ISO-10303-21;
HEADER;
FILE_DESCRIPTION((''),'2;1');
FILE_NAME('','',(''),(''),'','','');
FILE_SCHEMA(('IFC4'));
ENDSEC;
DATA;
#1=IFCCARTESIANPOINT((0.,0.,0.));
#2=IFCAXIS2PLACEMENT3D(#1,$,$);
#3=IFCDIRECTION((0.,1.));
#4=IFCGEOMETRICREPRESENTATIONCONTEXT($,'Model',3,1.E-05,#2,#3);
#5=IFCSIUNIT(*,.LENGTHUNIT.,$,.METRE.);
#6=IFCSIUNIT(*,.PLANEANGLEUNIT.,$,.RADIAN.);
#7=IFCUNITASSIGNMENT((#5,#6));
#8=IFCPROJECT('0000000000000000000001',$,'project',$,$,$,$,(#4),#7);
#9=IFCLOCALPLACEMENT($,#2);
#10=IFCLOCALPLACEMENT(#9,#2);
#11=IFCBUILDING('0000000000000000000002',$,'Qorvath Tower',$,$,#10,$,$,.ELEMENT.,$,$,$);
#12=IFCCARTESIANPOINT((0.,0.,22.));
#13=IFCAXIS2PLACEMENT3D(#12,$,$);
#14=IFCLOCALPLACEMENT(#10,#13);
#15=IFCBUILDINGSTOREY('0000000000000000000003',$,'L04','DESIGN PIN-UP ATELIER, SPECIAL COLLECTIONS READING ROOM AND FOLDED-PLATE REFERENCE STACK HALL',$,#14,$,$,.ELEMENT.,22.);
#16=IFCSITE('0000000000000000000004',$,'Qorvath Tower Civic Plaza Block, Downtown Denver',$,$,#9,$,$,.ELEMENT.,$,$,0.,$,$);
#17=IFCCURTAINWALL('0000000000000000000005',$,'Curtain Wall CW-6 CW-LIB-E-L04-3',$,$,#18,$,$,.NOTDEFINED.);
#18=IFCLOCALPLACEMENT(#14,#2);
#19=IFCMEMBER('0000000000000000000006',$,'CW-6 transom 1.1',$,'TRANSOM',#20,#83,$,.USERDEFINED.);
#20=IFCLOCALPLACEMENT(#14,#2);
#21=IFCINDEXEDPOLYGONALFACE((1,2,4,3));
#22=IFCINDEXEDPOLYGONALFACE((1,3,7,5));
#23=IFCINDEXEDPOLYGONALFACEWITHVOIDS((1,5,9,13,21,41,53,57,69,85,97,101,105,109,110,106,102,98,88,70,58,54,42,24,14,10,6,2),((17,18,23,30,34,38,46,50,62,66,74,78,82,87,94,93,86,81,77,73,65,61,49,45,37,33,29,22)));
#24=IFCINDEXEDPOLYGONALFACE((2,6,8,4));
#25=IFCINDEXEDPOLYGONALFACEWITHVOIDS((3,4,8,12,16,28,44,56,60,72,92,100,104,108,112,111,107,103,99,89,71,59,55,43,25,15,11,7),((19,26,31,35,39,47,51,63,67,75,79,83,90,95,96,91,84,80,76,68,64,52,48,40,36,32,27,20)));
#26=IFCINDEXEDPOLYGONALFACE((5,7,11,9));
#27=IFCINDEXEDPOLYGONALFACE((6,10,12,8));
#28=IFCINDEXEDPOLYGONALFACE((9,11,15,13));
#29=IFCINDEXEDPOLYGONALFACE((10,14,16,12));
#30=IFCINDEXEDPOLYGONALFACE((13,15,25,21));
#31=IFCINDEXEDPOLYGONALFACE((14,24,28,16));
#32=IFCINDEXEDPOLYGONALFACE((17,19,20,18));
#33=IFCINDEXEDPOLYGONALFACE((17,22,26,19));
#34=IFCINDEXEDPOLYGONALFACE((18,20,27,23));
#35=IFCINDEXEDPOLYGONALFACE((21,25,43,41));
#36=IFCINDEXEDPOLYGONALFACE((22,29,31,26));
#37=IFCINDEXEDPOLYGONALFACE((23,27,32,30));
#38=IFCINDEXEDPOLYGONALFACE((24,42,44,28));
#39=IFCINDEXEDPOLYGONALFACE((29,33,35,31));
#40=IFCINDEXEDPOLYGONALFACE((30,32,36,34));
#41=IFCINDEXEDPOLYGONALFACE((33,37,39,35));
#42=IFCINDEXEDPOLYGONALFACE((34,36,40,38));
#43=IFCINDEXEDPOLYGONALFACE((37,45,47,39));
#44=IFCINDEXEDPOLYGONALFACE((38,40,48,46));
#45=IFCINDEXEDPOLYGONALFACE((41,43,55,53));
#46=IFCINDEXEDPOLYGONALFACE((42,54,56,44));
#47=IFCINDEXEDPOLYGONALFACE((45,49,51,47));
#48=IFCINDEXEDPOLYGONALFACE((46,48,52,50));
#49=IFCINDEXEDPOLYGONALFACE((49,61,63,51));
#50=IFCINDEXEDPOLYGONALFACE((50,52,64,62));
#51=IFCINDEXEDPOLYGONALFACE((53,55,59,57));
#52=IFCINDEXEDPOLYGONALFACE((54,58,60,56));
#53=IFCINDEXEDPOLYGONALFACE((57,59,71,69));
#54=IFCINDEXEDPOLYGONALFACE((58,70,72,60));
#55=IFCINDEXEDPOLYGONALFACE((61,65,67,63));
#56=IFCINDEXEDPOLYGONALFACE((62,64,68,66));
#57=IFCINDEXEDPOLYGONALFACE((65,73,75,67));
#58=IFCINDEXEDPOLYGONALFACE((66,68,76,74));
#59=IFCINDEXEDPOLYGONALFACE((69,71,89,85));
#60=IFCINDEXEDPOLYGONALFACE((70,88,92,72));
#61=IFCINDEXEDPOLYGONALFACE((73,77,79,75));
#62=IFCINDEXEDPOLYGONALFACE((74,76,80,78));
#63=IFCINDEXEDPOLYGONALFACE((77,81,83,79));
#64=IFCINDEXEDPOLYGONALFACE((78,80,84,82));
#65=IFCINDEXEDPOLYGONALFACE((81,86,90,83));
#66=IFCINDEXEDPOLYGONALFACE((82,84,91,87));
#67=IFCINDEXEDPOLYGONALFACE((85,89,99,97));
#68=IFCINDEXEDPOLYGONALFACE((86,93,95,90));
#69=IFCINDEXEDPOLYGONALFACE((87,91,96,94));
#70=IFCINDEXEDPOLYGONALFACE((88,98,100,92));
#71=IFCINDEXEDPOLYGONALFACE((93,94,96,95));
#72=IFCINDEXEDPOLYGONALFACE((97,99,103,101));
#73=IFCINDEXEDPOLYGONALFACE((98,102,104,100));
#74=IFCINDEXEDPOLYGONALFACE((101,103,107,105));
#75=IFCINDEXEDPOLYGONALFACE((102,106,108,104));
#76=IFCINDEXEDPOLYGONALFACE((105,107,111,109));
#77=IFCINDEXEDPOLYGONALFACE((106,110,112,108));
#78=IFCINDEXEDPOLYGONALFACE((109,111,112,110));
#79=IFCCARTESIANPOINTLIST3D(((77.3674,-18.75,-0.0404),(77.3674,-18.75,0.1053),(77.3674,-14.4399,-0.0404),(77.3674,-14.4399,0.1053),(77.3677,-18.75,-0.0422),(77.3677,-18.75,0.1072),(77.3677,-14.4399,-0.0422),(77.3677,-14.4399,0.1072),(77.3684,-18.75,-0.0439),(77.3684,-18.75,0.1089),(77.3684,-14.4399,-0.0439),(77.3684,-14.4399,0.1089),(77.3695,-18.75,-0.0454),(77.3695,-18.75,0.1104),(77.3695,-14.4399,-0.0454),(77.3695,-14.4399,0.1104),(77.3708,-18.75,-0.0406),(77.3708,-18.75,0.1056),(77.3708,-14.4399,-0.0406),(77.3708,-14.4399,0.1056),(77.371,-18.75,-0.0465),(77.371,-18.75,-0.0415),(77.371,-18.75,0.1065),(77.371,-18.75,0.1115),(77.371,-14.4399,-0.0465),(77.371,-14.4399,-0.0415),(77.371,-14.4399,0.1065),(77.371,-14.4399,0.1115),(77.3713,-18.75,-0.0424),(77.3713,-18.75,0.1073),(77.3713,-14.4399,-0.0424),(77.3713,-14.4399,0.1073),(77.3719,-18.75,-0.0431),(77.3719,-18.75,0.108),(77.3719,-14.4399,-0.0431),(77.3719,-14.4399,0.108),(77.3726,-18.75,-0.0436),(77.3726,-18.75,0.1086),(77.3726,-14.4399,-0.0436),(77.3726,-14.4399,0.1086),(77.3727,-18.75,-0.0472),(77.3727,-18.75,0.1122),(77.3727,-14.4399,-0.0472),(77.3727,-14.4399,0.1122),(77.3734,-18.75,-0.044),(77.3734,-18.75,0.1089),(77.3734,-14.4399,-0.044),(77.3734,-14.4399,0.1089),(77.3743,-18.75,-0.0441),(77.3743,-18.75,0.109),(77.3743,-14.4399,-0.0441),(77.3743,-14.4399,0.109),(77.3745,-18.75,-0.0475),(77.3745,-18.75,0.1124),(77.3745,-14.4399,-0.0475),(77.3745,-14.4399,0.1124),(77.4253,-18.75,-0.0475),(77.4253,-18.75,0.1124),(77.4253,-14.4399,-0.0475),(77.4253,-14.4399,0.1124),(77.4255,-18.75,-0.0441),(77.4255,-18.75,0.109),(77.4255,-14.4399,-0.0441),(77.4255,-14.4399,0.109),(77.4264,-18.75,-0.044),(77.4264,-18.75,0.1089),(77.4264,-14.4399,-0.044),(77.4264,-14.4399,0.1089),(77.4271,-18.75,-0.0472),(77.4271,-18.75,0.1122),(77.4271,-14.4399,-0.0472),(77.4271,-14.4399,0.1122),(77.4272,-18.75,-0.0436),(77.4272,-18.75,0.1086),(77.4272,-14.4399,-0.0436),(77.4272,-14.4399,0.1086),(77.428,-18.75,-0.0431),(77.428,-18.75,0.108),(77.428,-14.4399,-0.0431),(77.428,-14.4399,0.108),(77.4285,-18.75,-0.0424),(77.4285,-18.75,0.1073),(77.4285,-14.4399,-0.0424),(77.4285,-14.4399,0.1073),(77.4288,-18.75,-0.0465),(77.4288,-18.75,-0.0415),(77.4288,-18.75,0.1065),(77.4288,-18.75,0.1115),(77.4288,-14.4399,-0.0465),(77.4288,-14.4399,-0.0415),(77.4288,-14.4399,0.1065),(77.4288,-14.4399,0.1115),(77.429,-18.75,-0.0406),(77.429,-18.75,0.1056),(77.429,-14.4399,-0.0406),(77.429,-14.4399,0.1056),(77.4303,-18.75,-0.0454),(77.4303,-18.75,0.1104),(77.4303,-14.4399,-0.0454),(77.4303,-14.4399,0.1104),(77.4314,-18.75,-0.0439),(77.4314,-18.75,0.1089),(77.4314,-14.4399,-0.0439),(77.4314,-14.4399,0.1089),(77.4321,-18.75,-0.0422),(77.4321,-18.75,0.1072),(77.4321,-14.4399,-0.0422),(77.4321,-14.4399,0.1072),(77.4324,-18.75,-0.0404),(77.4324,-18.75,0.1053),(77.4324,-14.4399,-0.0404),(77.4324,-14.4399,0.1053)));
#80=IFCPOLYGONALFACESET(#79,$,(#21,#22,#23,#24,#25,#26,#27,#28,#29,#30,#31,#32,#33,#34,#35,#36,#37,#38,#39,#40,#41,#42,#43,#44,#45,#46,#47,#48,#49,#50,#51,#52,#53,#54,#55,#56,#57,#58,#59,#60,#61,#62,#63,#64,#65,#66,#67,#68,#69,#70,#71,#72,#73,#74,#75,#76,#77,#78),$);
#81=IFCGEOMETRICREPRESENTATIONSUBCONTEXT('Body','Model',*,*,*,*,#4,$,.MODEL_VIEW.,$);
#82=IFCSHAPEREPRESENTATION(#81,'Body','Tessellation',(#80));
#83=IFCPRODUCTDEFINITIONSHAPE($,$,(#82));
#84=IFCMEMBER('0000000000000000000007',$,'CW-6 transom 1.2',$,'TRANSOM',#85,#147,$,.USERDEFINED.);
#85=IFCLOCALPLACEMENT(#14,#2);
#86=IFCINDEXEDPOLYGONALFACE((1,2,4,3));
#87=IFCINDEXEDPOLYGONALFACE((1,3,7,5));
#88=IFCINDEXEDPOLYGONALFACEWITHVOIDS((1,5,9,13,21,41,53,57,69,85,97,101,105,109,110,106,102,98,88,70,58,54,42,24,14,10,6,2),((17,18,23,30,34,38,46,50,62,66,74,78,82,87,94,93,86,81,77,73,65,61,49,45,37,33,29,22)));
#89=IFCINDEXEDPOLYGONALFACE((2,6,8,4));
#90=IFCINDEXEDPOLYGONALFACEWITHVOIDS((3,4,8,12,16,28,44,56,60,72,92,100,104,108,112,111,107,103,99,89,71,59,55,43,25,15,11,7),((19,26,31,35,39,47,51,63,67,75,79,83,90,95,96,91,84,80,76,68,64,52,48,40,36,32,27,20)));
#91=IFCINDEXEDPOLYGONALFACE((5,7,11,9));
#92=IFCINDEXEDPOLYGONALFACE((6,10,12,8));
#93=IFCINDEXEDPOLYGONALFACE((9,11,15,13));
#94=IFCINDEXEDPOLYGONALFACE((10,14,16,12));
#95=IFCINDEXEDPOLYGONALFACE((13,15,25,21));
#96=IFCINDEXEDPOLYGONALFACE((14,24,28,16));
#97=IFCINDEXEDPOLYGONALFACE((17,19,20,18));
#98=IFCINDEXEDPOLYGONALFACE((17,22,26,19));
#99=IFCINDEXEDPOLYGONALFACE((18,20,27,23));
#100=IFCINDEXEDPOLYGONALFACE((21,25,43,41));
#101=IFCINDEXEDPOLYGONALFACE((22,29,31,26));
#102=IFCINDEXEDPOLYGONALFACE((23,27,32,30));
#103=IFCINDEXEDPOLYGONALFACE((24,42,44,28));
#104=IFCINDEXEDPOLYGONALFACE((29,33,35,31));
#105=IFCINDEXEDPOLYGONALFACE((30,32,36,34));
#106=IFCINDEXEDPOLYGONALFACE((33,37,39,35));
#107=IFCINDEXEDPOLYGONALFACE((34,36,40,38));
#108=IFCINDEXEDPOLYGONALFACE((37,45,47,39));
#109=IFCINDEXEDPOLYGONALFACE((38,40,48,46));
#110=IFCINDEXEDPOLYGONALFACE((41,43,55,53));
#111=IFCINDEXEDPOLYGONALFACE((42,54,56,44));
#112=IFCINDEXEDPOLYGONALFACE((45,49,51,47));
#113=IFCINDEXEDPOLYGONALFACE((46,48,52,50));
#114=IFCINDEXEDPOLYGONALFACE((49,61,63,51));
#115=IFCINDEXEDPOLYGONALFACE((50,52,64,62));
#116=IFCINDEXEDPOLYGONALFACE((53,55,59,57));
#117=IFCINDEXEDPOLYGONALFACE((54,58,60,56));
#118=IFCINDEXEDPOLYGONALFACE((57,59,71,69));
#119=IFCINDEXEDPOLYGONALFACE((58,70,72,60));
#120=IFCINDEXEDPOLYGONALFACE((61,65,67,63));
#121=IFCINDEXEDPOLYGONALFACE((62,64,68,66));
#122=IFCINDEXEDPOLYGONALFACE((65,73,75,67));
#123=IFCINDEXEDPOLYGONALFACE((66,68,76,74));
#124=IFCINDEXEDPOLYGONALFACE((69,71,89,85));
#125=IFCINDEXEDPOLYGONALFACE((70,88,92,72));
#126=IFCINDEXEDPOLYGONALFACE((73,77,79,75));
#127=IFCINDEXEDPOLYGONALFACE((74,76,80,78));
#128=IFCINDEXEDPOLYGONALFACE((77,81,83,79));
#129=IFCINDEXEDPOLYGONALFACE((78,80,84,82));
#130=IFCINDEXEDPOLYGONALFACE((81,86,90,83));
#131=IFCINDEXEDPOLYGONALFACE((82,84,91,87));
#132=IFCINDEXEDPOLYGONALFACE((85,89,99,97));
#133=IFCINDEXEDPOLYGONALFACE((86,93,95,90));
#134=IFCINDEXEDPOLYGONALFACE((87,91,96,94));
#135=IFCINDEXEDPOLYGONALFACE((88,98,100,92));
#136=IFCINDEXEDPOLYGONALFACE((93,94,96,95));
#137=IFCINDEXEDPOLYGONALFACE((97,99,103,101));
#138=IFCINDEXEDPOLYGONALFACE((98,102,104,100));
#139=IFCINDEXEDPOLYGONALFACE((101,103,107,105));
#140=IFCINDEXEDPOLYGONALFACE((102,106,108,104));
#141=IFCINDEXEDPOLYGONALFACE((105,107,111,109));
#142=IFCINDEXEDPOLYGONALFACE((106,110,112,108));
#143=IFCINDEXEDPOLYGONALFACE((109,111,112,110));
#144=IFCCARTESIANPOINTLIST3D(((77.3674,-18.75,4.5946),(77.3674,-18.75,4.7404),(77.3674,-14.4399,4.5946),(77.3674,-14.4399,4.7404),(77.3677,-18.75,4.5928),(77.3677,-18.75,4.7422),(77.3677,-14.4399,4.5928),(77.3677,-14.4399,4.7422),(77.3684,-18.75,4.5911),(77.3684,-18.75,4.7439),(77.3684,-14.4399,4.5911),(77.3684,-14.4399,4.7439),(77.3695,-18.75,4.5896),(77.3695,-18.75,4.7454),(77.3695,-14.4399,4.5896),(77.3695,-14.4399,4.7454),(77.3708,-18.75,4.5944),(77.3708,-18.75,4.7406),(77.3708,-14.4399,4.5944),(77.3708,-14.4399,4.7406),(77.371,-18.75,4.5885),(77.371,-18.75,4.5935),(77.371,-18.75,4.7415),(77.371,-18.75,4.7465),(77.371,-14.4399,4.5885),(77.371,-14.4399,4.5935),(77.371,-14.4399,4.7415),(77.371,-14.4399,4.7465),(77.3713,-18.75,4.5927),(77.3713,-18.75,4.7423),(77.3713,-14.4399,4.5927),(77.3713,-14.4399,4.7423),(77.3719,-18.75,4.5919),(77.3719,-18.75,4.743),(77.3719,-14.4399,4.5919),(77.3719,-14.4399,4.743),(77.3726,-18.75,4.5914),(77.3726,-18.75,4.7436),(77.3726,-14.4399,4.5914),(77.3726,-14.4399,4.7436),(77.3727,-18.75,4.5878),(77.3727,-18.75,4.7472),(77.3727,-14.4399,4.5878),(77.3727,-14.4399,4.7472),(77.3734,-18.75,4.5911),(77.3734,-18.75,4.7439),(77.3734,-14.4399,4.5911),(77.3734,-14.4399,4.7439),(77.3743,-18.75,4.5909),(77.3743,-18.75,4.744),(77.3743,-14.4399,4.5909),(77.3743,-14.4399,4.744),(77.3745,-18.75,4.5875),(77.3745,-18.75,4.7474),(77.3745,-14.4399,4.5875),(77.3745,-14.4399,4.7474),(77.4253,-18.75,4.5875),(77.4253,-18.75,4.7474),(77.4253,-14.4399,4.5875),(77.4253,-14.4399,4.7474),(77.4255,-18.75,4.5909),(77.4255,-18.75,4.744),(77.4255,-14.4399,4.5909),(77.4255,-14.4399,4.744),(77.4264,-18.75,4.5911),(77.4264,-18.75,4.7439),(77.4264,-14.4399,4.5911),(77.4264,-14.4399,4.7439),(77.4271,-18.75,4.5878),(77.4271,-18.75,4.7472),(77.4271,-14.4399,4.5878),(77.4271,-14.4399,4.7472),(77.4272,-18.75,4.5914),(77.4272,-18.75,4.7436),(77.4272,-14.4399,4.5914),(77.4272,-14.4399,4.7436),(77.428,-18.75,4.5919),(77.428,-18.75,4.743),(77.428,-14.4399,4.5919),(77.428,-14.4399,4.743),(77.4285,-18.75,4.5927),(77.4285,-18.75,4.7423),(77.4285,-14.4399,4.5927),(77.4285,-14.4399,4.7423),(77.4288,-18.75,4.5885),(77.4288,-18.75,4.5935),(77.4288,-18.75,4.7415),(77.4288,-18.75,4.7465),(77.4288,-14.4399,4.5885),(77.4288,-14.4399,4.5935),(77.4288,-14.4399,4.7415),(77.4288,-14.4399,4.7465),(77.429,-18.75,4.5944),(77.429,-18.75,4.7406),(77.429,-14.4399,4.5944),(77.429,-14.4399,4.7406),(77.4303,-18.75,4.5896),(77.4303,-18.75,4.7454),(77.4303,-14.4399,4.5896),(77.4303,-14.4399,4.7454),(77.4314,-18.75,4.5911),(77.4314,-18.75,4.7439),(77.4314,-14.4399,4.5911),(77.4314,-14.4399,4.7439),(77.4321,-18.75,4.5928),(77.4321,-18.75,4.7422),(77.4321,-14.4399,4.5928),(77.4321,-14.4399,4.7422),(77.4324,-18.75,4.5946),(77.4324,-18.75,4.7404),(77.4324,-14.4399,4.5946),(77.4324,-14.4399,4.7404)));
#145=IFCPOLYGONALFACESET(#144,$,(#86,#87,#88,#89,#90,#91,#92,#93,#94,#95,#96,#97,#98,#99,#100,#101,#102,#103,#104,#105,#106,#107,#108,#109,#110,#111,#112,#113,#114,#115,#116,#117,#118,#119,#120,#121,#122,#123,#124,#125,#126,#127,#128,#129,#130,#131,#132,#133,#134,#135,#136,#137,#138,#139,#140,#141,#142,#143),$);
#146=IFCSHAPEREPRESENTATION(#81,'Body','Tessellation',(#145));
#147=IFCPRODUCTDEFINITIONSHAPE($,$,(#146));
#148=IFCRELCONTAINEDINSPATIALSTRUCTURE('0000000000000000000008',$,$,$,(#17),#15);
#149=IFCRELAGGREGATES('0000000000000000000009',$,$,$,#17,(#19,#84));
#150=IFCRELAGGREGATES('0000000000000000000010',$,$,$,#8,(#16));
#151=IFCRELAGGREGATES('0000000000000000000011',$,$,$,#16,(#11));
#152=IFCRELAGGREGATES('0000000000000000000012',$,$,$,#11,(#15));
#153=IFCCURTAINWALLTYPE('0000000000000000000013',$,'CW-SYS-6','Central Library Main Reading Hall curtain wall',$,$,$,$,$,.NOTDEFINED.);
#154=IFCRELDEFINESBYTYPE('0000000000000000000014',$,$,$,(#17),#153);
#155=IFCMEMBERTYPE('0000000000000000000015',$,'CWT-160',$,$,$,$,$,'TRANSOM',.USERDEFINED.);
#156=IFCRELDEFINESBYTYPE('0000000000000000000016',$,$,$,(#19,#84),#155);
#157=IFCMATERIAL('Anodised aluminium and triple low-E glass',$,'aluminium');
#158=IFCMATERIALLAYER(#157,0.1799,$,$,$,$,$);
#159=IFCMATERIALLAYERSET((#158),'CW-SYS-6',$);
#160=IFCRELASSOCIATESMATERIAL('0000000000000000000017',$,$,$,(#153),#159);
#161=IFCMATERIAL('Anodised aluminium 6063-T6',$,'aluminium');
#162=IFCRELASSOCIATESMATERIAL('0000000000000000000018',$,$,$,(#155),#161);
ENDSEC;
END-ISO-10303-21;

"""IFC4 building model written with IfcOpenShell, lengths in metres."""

from ifc_helpers import new_model, si_unit, direction, frame, origin, origin_2d, place, context, subcontext, project, spatial, hollow_rectangle, extrude, material, layer, layer_set, material_profile, profile_set, type_object, element, aggregate, save


model = new_model("IFC4")

# Units and contexts
model_context = context("Model", 3, precision=1e-05, world=origin(), true_north=direction((0.0, 1.0)))
body_context = subcontext(model_context, "Body", "Model", "MODEL_VIEW")
ifc_project = project(units=[si_unit("LENGTHUNIT", "METRE"), si_unit("PLANEANGLEUNIT", "RADIAN")], contexts=[model_context])

# Site, building, storey
site_placement = place(None, origin())
site = spatial("IfcSite", under=ifc_project, at=site_placement, Name="Qorvath Tower Civic Plaza Block, Downtown Denver", CompositionType="ELEMENT", RefElevation=0.0)
building_placement = place(site_placement, origin())
building = spatial("IfcBuilding", under=site, at=building_placement, Name="Qorvath Tower", CompositionType="ELEMENT")
storey_placement = place(building_placement, frame((0.0, 0.0, 22.0)))
storey = spatial("IfcBuildingStorey", under=building, at=storey_placement, Name="L04", Description="DESIGN PIN-UP ATELIER, SPECIAL COLLECTIONS READING ROOM AND FOLDED-PLATE REFERENCE STACK HALL", CompositionType="ELEMENT", Elevation=22.0)

# Curtain wall, members
ifc_material_1 = material(Name="Anodised aluminium and triple low-E glass", Category="aluminium")
ifc_layer_1 = layer(ifc_material_1, 0.1799)
ifc_layer_set_1 = layer_set([ifc_layer_1], Name="CW-SYS-6")
curtain_wall_type = type_object("IfcCurtainWallType", Name="CW-SYS-6", Description="Central Library Main Reading Hall curtain wall", PredefinedType="NOTDEFINED", material=ifc_layer_set_1)
curtain_wall_placement = place(storey_placement, origin())
curtain_wall = element("IfcCurtainWall", 1, at=curtain_wall_placement, inside=storey, type_object=curtain_wall_type, Name="Curtain Wall CW-6 CW-LIB-E-L04-3", PredefinedType="NOTDEFINED")
ifc_material_2 = material(Name="Anodised aluminium 6063-T6", Category="aluminium")
ifc_material_profile_1 = material_profile(ifc_material_2, hollow_rectangle(XDim=0.0649, YDim=0.1599, WallThickness=0.0034, InnerFilletRadius=0.0034, OuterFilletRadius=0.0071, at=origin_2d()), Name="CWT 160x65")
ifc_profile_set_1 = profile_set([ifc_material_profile_1], Name="Anodised aluminium 6063-T6")
member_type_1 = type_object("IfcMemberType", Name="CWT-160", ElementType="TRANSOM", PredefinedType="USERDEFINED", material=ifc_profile_set_1)
member_1_placement = place(storey_placement, frame((77.3999, -18.75, 0.0325), z_axis=(0.0, 1.0, 0.0), x_axis=(-1.0, 0.0, 0.0)))
member_1 = element("IfcMember", 2, at=member_1_placement, type_object=member_type_1, Name="CW-6 transom 1.1", ObjectType="TRANSOM", PredefinedType="USERDEFINED", context=body_context, shape_type="SweptSolid", body=[
    extrude(hollow_rectangle(XDim=0.0649, YDim=0.1599, WallThickness=0.0034, InnerFilletRadius=0.0034, OuterFilletRadius=0.0071, at=origin_2d()), origin(), (0.0, 0.0, 1.0), 4.3101),
])
member_2_placement = place(storey_placement, frame((77.3999, -18.75, 4.6675), z_axis=(0.0, 1.0, 0.0), x_axis=(-1.0, 0.0, 0.0)))
member_2 = element("IfcMember", 3, at=member_2_placement, type_object=member_type_1, Name="CW-6 transom 1.2", ObjectType="TRANSOM", PredefinedType="USERDEFINED", context=body_context, shape_type="SweptSolid", body=[
    extrude(hollow_rectangle(XDim=0.0649, YDim=0.1599, WallThickness=0.0034, InnerFilletRadius=0.0034, OuterFilletRadius=0.0071, at=origin_2d()), origin(), (0.0, 0.0, 1.0), 4.3101),
])
aggregate(curtain_wall, [member_1, member_2])

save(model, "model.ifc")
